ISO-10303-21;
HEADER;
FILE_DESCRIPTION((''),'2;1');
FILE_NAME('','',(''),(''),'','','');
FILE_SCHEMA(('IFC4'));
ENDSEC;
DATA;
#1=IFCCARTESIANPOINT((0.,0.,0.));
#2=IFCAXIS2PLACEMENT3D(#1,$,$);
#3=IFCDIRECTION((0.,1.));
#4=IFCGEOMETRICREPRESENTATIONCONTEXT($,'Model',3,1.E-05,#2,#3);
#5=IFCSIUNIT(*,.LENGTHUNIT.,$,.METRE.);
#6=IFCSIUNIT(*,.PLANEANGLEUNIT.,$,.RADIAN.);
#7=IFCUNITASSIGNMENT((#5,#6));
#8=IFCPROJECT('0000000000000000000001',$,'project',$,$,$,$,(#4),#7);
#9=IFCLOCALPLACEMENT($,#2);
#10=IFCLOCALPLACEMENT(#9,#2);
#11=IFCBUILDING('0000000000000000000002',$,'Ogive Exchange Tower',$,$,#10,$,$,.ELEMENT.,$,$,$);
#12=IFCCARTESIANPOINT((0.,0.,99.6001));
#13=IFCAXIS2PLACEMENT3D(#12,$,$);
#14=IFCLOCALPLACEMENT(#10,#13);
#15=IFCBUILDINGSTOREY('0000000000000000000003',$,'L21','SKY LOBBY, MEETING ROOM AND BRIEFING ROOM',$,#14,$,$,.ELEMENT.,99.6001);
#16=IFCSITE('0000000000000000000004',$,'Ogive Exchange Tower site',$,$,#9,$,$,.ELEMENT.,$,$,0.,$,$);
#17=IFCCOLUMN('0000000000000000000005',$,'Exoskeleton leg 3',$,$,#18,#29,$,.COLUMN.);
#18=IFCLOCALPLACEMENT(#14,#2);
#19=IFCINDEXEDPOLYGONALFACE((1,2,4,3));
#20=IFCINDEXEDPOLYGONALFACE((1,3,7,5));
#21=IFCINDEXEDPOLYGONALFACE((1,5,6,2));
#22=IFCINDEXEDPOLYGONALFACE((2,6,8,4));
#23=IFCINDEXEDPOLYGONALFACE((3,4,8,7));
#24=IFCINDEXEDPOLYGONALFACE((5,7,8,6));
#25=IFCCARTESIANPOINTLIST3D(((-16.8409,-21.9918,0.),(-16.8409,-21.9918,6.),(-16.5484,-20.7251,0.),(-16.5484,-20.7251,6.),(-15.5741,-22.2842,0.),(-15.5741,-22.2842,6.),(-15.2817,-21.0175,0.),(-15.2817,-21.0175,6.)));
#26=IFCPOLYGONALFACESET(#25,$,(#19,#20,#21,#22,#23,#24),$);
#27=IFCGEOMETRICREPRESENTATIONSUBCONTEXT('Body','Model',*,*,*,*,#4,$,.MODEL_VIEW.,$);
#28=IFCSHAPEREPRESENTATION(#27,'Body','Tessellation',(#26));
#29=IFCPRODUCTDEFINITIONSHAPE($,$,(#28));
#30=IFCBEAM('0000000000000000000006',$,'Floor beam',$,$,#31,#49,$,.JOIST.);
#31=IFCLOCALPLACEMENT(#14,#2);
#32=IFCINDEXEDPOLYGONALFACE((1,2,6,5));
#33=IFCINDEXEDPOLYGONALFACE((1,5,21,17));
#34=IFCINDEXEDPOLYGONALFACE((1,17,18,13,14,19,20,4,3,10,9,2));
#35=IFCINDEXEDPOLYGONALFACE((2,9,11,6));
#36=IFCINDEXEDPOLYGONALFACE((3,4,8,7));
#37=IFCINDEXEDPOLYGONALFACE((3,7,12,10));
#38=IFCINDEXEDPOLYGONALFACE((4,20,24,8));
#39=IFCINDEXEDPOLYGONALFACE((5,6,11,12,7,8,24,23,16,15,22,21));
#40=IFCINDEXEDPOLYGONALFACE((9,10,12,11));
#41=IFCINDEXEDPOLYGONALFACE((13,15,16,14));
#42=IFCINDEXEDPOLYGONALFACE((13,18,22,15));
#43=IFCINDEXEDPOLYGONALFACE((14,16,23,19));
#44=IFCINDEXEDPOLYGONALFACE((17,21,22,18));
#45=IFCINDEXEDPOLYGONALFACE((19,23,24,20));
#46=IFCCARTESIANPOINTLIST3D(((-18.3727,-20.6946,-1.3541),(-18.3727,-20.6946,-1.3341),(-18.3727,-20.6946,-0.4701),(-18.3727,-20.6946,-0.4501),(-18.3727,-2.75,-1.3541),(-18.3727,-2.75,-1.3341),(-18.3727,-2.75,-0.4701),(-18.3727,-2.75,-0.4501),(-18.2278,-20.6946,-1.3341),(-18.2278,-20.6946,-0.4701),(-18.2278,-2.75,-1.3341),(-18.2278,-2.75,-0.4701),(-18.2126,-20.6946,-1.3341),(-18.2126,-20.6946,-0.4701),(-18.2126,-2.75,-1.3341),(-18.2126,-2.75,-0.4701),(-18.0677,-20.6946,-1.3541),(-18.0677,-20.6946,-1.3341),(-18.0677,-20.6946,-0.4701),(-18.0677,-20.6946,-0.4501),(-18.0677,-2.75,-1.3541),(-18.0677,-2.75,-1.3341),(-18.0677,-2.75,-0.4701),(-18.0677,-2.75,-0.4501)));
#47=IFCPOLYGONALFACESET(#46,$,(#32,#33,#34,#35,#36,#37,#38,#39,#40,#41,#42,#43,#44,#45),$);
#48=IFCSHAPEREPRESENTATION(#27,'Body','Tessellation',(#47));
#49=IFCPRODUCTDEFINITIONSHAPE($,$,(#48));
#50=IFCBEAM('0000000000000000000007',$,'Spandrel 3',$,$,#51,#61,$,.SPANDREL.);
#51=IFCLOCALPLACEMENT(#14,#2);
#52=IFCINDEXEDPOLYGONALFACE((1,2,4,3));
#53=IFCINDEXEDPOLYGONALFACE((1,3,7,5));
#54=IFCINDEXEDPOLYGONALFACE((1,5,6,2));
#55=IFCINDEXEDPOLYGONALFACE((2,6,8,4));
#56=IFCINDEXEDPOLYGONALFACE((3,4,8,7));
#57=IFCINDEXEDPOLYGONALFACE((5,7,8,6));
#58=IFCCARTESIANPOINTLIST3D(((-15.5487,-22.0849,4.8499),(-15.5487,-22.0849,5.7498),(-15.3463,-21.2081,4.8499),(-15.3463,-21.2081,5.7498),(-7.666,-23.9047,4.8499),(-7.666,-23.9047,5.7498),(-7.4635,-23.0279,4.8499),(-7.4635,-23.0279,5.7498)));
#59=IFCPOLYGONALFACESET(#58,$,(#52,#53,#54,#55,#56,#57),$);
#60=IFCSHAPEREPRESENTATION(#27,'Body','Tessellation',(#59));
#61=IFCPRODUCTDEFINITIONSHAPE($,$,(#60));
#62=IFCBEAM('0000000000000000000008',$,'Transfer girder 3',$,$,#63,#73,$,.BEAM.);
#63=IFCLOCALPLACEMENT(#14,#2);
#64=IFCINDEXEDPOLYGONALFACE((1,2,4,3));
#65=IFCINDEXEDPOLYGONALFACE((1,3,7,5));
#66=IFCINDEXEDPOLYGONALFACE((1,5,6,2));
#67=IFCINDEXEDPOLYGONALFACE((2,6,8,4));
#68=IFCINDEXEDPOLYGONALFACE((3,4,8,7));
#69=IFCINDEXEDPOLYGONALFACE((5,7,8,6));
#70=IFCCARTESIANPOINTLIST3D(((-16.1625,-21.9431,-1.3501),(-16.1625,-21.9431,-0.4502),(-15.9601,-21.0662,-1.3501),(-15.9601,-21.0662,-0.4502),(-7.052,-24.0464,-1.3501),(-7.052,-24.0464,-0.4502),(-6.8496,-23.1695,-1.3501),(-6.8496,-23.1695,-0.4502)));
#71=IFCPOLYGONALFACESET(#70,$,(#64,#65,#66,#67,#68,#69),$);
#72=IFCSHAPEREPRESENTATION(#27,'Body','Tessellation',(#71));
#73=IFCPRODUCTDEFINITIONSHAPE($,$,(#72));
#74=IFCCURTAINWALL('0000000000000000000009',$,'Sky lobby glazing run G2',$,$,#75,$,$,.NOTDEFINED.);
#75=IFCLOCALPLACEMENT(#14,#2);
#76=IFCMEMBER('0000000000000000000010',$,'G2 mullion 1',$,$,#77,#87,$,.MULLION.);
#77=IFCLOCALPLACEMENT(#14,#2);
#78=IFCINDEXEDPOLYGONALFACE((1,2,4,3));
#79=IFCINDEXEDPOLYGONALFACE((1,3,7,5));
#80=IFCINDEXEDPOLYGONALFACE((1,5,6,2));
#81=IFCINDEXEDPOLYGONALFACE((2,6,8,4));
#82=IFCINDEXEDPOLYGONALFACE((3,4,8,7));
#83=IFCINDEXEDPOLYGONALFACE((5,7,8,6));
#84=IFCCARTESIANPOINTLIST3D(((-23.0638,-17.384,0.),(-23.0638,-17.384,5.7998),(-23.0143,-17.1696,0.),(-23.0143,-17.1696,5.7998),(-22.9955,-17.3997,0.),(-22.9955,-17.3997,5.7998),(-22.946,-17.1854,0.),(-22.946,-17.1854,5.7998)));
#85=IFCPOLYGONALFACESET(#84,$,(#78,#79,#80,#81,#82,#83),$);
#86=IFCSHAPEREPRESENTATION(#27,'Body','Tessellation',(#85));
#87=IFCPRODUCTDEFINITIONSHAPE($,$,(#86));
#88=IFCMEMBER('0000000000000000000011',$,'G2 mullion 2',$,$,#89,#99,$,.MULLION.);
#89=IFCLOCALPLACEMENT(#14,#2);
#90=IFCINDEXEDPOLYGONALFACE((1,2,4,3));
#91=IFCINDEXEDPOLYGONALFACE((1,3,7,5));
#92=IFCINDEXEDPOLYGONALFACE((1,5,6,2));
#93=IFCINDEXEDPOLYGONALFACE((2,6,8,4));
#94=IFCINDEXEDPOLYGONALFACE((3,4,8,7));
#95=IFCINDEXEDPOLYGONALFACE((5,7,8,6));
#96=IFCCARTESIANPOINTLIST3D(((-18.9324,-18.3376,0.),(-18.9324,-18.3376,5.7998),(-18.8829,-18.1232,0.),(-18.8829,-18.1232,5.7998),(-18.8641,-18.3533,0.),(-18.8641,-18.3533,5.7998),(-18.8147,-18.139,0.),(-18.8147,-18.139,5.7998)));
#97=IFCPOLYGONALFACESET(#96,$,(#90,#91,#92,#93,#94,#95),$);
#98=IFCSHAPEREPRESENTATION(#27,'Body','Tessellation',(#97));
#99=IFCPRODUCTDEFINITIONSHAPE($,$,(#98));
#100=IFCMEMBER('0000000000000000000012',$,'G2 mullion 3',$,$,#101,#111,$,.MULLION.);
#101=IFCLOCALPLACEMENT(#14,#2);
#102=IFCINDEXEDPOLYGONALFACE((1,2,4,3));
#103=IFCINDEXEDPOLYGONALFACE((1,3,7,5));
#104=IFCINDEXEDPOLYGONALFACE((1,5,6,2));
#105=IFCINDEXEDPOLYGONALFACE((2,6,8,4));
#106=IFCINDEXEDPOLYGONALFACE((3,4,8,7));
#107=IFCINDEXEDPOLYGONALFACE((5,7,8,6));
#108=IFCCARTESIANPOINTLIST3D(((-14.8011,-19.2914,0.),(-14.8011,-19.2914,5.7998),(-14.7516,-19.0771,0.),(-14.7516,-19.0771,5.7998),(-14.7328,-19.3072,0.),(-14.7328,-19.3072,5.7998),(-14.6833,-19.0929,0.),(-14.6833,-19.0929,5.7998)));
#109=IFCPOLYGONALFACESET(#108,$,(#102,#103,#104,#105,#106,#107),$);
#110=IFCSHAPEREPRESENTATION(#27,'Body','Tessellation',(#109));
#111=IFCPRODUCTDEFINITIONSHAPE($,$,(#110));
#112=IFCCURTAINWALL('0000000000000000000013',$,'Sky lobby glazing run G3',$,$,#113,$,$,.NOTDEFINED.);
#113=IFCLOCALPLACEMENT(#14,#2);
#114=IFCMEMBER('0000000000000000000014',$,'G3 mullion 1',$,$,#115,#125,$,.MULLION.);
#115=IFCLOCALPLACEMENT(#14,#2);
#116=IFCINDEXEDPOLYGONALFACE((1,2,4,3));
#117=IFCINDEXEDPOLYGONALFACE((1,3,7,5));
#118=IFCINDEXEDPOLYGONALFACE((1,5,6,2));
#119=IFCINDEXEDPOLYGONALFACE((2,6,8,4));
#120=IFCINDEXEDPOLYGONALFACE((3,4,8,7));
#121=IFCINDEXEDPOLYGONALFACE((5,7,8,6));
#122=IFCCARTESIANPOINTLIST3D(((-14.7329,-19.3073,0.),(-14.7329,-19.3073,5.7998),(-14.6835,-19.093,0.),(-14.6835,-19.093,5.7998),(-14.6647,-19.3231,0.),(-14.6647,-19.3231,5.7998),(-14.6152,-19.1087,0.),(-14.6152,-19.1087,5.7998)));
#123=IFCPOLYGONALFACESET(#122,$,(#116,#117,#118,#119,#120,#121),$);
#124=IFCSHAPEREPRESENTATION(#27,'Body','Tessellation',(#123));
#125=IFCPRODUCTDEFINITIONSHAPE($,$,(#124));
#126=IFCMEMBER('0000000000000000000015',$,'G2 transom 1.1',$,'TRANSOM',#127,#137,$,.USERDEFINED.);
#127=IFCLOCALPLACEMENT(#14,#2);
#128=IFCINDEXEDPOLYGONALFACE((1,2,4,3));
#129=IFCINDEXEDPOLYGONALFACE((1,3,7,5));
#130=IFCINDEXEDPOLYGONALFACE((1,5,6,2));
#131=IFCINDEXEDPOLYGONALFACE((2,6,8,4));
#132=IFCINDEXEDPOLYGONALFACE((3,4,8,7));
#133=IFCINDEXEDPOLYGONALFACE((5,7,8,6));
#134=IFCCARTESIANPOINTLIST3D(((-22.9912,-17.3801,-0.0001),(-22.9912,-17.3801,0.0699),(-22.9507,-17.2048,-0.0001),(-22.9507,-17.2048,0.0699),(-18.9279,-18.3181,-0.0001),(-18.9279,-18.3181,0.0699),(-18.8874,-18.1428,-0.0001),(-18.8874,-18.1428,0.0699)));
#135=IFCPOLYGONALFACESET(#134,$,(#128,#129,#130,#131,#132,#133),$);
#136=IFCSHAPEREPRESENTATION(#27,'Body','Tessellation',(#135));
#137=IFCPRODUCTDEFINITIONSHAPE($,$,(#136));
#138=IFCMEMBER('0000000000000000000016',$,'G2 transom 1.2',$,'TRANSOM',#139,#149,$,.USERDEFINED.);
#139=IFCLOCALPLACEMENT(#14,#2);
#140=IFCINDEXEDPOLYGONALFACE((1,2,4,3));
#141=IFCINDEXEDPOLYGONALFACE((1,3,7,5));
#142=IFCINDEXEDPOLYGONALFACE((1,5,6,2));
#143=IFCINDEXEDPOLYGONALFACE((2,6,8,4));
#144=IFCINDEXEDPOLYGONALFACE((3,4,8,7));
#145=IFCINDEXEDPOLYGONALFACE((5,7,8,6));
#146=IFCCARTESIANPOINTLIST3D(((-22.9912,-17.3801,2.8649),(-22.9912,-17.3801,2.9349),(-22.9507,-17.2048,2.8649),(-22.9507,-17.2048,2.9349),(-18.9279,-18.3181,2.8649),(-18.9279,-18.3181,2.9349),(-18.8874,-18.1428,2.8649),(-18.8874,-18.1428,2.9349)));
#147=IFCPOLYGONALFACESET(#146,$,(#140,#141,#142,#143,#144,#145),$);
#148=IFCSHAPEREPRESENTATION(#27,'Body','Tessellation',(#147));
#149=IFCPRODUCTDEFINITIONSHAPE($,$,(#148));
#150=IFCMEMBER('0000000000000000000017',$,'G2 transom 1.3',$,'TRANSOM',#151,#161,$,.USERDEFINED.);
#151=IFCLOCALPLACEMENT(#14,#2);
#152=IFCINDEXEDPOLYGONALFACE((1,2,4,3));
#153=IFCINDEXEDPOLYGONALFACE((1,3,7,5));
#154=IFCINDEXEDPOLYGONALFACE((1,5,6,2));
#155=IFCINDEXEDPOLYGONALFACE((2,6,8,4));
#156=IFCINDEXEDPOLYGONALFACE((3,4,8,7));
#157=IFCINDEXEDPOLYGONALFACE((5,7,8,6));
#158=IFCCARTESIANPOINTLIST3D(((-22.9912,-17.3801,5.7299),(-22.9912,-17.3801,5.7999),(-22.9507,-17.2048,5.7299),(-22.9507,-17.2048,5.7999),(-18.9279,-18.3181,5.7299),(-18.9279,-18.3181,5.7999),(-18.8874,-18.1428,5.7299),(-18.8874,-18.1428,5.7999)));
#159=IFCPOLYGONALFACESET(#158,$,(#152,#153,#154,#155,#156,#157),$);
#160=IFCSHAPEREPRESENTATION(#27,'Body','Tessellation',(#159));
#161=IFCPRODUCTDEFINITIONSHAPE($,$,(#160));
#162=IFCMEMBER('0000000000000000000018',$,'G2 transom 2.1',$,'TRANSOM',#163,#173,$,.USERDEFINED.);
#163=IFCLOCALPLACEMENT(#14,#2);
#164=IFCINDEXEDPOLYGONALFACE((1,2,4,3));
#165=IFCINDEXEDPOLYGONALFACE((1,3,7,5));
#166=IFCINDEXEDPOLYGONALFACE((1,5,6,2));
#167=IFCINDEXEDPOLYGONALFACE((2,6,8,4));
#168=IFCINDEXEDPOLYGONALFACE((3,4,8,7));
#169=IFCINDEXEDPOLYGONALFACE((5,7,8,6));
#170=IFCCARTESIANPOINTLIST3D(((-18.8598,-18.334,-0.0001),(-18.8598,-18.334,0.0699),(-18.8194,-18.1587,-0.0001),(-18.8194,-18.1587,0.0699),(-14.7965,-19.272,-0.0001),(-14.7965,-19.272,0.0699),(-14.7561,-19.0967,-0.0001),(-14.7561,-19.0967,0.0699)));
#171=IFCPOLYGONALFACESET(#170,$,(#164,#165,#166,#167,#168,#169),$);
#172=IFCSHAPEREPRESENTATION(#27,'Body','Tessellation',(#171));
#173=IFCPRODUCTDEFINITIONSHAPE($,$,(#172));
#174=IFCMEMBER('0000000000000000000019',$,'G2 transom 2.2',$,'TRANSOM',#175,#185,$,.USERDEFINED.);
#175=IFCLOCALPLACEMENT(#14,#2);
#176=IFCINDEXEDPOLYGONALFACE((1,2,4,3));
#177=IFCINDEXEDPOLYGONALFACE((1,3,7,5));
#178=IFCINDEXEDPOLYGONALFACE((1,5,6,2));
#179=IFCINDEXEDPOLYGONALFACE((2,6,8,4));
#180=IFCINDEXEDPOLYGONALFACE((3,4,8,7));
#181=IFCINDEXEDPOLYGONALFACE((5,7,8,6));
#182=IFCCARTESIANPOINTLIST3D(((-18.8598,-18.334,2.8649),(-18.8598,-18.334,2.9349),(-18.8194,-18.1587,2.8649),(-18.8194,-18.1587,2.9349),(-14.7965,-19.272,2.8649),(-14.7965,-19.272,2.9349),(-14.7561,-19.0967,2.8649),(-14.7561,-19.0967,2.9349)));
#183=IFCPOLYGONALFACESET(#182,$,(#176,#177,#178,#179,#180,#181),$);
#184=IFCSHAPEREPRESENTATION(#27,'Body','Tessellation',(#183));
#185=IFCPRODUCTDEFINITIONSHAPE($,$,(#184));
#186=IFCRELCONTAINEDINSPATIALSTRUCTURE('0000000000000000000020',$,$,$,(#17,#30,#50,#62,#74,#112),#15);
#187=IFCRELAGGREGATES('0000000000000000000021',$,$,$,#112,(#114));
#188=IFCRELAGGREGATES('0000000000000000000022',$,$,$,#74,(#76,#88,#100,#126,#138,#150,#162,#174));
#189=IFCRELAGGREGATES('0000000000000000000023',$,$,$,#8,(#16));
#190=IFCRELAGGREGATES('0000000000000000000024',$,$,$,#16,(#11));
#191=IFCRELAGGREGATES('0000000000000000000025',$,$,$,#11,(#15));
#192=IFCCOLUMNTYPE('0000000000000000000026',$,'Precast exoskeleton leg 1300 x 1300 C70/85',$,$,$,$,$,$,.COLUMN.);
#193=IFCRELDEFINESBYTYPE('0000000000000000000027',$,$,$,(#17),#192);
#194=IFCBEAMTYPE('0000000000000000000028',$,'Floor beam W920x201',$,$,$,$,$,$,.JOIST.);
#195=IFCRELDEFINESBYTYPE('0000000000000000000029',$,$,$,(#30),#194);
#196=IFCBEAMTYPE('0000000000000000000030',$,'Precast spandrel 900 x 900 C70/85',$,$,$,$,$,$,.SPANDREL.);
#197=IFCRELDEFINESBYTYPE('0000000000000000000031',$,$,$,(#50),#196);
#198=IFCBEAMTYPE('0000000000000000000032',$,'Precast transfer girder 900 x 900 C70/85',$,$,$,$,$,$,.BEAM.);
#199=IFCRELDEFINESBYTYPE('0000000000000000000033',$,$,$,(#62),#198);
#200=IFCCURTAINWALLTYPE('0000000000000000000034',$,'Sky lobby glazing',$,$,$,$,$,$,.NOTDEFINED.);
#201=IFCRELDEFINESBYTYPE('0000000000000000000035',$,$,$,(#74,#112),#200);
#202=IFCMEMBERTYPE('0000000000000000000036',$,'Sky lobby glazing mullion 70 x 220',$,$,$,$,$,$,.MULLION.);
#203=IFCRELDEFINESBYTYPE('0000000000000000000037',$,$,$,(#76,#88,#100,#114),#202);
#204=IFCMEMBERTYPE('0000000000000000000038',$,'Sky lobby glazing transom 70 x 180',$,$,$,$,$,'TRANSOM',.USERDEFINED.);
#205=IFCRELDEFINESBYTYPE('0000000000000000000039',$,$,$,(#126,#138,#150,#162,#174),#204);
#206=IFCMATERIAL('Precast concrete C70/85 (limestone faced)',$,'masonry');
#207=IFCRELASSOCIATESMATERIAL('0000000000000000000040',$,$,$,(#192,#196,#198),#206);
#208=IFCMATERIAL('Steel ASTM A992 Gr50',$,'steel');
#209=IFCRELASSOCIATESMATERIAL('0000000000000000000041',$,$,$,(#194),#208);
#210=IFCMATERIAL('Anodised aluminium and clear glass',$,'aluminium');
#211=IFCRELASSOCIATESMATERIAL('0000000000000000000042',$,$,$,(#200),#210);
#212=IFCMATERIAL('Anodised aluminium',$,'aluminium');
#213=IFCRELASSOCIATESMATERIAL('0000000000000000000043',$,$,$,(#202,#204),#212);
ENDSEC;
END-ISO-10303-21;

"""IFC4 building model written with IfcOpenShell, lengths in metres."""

from ifc_helpers import new_model, si_unit, direction, frame, origin, origin_2d, place, context, subcontext, project, spatial, rectangle, i_section, extrude, material, material_profile, profile_set, type_object, element, aggregate, save


model = new_model("IFC4")

# Units and contexts
model_context = context("Model", 3, precision=1e-05, world=origin(), true_north=direction((0.0, 1.0)))
body_context = subcontext(model_context, "Body", "Model", "MODEL_VIEW")
ifc_project = project(units=[si_unit("LENGTHUNIT", "METRE"), si_unit("PLANEANGLEUNIT", "RADIAN")], contexts=[model_context])

# Site, building, storey
site_placement = place(None, origin())
site = spatial("IfcSite", under=ifc_project, at=site_placement, Name="Ogive Exchange Tower site", CompositionType="ELEMENT", RefElevation=0.0)
building_placement = place(site_placement, origin())
building = spatial("IfcBuilding", under=site, at=building_placement, Name="Ogive Exchange Tower", CompositionType="ELEMENT")
storey_placement = place(building_placement, frame((0.0, 0.0, 99.6001)))
storey = spatial("IfcBuildingStorey", under=building, at=storey_placement, Name="L21", Description="SKY LOBBY, MEETING ROOM AND BRIEFING ROOM", CompositionType="ELEMENT", Elevation=99.6001)

# Column
ifc_material_1 = material(Name="Precast concrete C70/85 (limestone faced)", Category="masonry")
ifc_material_profile_1 = material_profile(ifc_material_1, rectangle(XDim=1.3, YDim=1.3, at=origin_2d()), Name="1300 x 1300")
ifc_profile_set_1 = profile_set([ifc_material_profile_1], Name="Precast concrete C70/85 (limestone faced)")
column_type = type_object("IfcColumnType", Name="Precast exoskeleton leg 1300 x 1300 C70/85", PredefinedType="COLUMN", material=ifc_profile_set_1)
column_placement = place(storey_placement, frame((-16.0613, -21.5046, 0.0), z_axis=(0.0, 0.0, 1.0), x_axis=(0.97437, -0.224951, 0.0)))
element("IfcColumn", 1, at=column_placement, inside=storey, type_object=column_type, Name="Exoskeleton leg 3", PredefinedType="COLUMN", context=body_context, shape_type="SweptSolid", body=[
    extrude(rectangle(XDim=1.3, YDim=1.3, at=origin_2d()), origin(), (0.0, 0.0, 1.0), 6.0),
])

# Beams
ifc_material_2 = material(Name="Steel ASTM A992 Gr50", Category="steel")
ifc_material_profile_2 = material_profile(ifc_material_2, i_section(OverallWidth=0.3049, OverallDepth=0.9041, WebThickness=0.0151, FlangeThickness=0.02, at=origin_2d()), Name="W920x201")
ifc_profile_set_2 = profile_set([ifc_material_profile_2], Name="Steel ASTM A992 Gr50")
beam_type_1 = type_object("IfcBeamType", Name="Floor beam W920x201", PredefinedType="JOIST", material=ifc_profile_set_2)
beam_1_placement = place(storey_placement, frame((-18.2202, -20.6946, -0.9021), z_axis=(0.0, 1.0, 0.0), x_axis=(-1.0, 0.0, 0.0)))
element("IfcBeam", 2, at=beam_1_placement, inside=storey, type_object=beam_type_1, Name="Floor beam", PredefinedType="JOIST", context=body_context, shape_type="SweptSolid", body=[
    extrude(i_section(OverallWidth=0.3049, OverallDepth=0.9041, WebThickness=0.0151, FlangeThickness=0.02, at=origin_2d()), origin(), (0.0, 0.0, 1.0), 17.9446),
])
ifc_material_profile_3 = material_profile(ifc_material_1, rectangle(XDim=0.8999, YDim=0.8999, at=origin_2d()), Name="900 x 900")
ifc_profile_set_3 = profile_set([ifc_material_profile_3], Name="Precast concrete C70/85 (limestone faced)")
beam_type_2 = type_object("IfcBeamType", Name="Precast spandrel 900 x 900 C70/85", PredefinedType="SPANDREL", material=ifc_profile_set_3)
beam_2_placement = place(storey_placement, frame((-15.4475, -21.6465, 5.2998), z_axis=(0.974372, -0.224943, 0.0), x_axis=(0.224943, 0.974372, 0.0)))
element("IfcBeam", 3, at=beam_2_placement, inside=storey, type_object=beam_type_2, Name="Spandrel 3", PredefinedType="SPANDREL", context=body_context, shape_type="SweptSolid", body=[
    extrude(rectangle(XDim=0.8999, YDim=0.8999, at=origin_2d()), origin(), (0.0, 0.0, 1.0), 8.0901),
])
ifc_material_profile_4 = material_profile(ifc_material_1, rectangle(XDim=0.8999, YDim=0.8999, at=origin_2d()), Name="900 x 900")
ifc_profile_set_4 = profile_set([ifc_material_profile_4], Name="Precast concrete C70/85 (limestone faced)")
beam_type_3 = type_object("IfcBeamType", Name="Precast transfer girder 900 x 900 C70/85", PredefinedType="BEAM", material=ifc_profile_set_4)
beam_3_placement = place(storey_placement, frame((-16.0613, -21.5046, -0.9001), z_axis=(0.974371, -0.224949, 0.0), x_axis=(0.224949, 0.974371, 0.0)))
element("IfcBeam", 4, at=beam_3_placement, inside=storey, type_object=beam_type_3, Name="Transfer girder 3", PredefinedType="BEAM", context=body_context, shape_type="SweptSolid", body=[
    extrude(rectangle(XDim=0.8999, YDim=0.8999, at=origin_2d()), origin(), (0.0, 0.0, 1.0), 9.3501),
])

# Curtain wall, members
ifc_material_3 = material(Name="Anodised aluminium and clear glass", Category="aluminium")
curtain_wall_type = type_object("IfcCurtainWallType", Name="Sky lobby glazing", PredefinedType="NOTDEFINED", material=ifc_material_3)
curtain_wall_1_placement = place(storey_placement, origin())
curtain_wall_1 = element("IfcCurtainWall", 5, at=curtain_wall_1_placement, inside=storey, type_object=curtain_wall_type, Name="Sky lobby glazing run G2", PredefinedType="NOTDEFINED")
ifc_material_4 = material(Name="Anodised aluminium", Category="aluminium")
ifc_material_profile_5 = material_profile(ifc_material_4, rectangle(XDim=0.22, YDim=0.0701, at=origin_2d()), Name="AL 70x220")
ifc_profile_set_5 = profile_set([ifc_material_profile_5], Name="Anodised aluminium")
member_type_1 = type_object("IfcMemberType", Name="Sky lobby glazing mullion 70 x 220", PredefinedType="MULLION", material=ifc_profile_set_5)
member_1_placement = place(storey_placement, frame((-23.0049, -17.2847, 0.0), z_axis=(0.0, 0.0, 1.0), x_axis=(0.224958, 0.974369, 0.0)))
member_1 = element("IfcMember", 6, at=member_1_placement, type_object=member_type_1, Name="G2 mullion 1", PredefinedType="MULLION", context=body_context, shape_type="SweptSolid", body=[
    extrude(rectangle(XDim=0.22, YDim=0.0701, at=origin_2d()), origin(), (0.0, 0.0, 1.0), 5.7998),
])
member_2_placement = place(storey_placement, frame((-18.8735, -18.2383, 0.0), z_axis=(0.0, 0.0, 1.0), x_axis=(0.224958, 0.974369, 0.0)))
member_2 = element("IfcMember", 7, at=member_2_placement, type_object=member_type_1, Name="G2 mullion 2", PredefinedType="MULLION", context=body_context, shape_type="SweptSolid", body=[
    extrude(rectangle(XDim=0.22, YDim=0.0701, at=origin_2d()), origin(), (0.0, 0.0, 1.0), 5.7998),
])
member_3_placement = place(storey_placement, frame((-14.7422, -19.1921, 0.0), z_axis=(0.0, 0.0, 1.0), x_axis=(0.224958, 0.974369, 0.0)))
member_3 = element("IfcMember", 8, at=member_3_placement, type_object=member_type_1, Name="G2 mullion 3", PredefinedType="MULLION", context=body_context, shape_type="SweptSolid", body=[
    extrude(rectangle(XDim=0.22, YDim=0.0701, at=origin_2d()), origin(), (0.0, 0.0, 1.0), 5.7998),
])

# Curtain wall, member
curtain_wall_2_placement = place(storey_placement, origin())
curtain_wall_2 = element("IfcCurtainWall", 9, at=curtain_wall_2_placement, inside=storey, type_object=curtain_wall_type, Name="Sky lobby glazing run G3", PredefinedType="NOTDEFINED")
member_4_placement = place(storey_placement, frame((-14.6741, -19.208, 0.0), z_axis=(0.0, 0.0, 1.0), x_axis=(0.224949, 0.97437, 0.0)))
member_4 = element("IfcMember", 10, at=member_4_placement, type_object=member_type_1, Name="G3 mullion 1", PredefinedType="MULLION", context=body_context, shape_type="SweptSolid", body=[
    extrude(rectangle(XDim=0.22, YDim=0.0701, at=origin_2d()), origin(), (0.0, 0.0, 1.0), 5.7998),
])
aggregate(curtain_wall_2, [member_4])

# Members
ifc_material_profile_6 = material_profile(ifc_material_4, rectangle(XDim=0.1799, YDim=0.0701, at=origin_2d()), Name="AL 70x180")
ifc_profile_set_6 = profile_set([ifc_material_profile_6], Name="Anodised aluminium")
member_type_2 = type_object("IfcMemberType", Name="Sky lobby glazing transom 70 x 180", ElementType="TRANSOM", PredefinedType="USERDEFINED", material=ifc_profile_set_6)
member_5_placement = place(storey_placement, frame((-22.9709, -17.2925, 0.0349), z_axis=(0.974374, -0.224932, 0.0), x_axis=(0.224932, 0.974374, 0.0)))
member_5 = element("IfcMember", 11, at=member_5_placement, type_object=member_type_2, Name="G2 transom 1.1", ObjectType="TRANSOM", PredefinedType="USERDEFINED", context=body_context, shape_type="SweptSolid", body=[
    extrude(rectangle(XDim=0.1799, YDim=0.0701, at=origin_2d()), origin(), (0.0, 0.0, 1.0), 4.1702),
])
member_6_placement = place(storey_placement, frame((-22.9709, -17.2925, 2.8999), z_axis=(0.974374, -0.224932, 0.0), x_axis=(0.224932, 0.974374, 0.0)))
member_6 = element("IfcMember", 12, at=member_6_placement, type_object=member_type_2, Name="G2 transom 1.2", ObjectType="TRANSOM", PredefinedType="USERDEFINED", context=body_context, shape_type="SweptSolid", body=[
    extrude(rectangle(XDim=0.1799, YDim=0.0701, at=origin_2d()), origin(), (0.0, 0.0, 1.0), 4.1702),
])
member_7_placement = place(storey_placement, frame((-22.9709, -17.2925, 5.7649), z_axis=(0.974374, -0.224932, 0.0), x_axis=(0.224932, 0.974374, 0.0)))
member_7 = element("IfcMember", 13, at=member_7_placement, type_object=member_type_2, Name="G2 transom 1.3", ObjectType="TRANSOM", PredefinedType="USERDEFINED", context=body_context, shape_type="SweptSolid", body=[
    extrude(rectangle(XDim=0.1799, YDim=0.0701, at=origin_2d()), origin(), (0.0, 0.0, 1.0), 4.1702),
])
member_8_placement = place(storey_placement, frame((-18.8396, -18.2463, 0.0349), z_axis=(0.974374, -0.224932, 0.0), x_axis=(0.224932, 0.974374, 0.0)))
member_8 = element("IfcMember", 14, at=member_8_placement, type_object=member_type_2, Name="G2 transom 2.1", ObjectType="TRANSOM", PredefinedType="USERDEFINED", context=body_context, shape_type="SweptSolid", body=[
    extrude(rectangle(XDim=0.1799, YDim=0.0701, at=origin_2d()), origin(), (0.0, 0.0, 1.0), 4.1702),
])
member_9_placement = place(storey_placement, frame((-18.8396, -18.2463, 2.8999), z_axis=(0.974374, -0.224932, 0.0), x_axis=(0.224932, 0.974374, 0.0)))
member_9 = element("IfcMember", 15, at=member_9_placement, type_object=member_type_2, Name="G2 transom 2.2", ObjectType="TRANSOM", PredefinedType="USERDEFINED", context=body_context, shape_type="SweptSolid", body=[
    extrude(rectangle(XDim=0.1799, YDim=0.0701, at=origin_2d()), origin(), (0.0, 0.0, 1.0), 4.1702),
])

aggregate(curtain_wall_1, [member_1, member_2, member_3, member_5, member_6, member_7, member_8, member_9])

save(model, "model.ifc")
